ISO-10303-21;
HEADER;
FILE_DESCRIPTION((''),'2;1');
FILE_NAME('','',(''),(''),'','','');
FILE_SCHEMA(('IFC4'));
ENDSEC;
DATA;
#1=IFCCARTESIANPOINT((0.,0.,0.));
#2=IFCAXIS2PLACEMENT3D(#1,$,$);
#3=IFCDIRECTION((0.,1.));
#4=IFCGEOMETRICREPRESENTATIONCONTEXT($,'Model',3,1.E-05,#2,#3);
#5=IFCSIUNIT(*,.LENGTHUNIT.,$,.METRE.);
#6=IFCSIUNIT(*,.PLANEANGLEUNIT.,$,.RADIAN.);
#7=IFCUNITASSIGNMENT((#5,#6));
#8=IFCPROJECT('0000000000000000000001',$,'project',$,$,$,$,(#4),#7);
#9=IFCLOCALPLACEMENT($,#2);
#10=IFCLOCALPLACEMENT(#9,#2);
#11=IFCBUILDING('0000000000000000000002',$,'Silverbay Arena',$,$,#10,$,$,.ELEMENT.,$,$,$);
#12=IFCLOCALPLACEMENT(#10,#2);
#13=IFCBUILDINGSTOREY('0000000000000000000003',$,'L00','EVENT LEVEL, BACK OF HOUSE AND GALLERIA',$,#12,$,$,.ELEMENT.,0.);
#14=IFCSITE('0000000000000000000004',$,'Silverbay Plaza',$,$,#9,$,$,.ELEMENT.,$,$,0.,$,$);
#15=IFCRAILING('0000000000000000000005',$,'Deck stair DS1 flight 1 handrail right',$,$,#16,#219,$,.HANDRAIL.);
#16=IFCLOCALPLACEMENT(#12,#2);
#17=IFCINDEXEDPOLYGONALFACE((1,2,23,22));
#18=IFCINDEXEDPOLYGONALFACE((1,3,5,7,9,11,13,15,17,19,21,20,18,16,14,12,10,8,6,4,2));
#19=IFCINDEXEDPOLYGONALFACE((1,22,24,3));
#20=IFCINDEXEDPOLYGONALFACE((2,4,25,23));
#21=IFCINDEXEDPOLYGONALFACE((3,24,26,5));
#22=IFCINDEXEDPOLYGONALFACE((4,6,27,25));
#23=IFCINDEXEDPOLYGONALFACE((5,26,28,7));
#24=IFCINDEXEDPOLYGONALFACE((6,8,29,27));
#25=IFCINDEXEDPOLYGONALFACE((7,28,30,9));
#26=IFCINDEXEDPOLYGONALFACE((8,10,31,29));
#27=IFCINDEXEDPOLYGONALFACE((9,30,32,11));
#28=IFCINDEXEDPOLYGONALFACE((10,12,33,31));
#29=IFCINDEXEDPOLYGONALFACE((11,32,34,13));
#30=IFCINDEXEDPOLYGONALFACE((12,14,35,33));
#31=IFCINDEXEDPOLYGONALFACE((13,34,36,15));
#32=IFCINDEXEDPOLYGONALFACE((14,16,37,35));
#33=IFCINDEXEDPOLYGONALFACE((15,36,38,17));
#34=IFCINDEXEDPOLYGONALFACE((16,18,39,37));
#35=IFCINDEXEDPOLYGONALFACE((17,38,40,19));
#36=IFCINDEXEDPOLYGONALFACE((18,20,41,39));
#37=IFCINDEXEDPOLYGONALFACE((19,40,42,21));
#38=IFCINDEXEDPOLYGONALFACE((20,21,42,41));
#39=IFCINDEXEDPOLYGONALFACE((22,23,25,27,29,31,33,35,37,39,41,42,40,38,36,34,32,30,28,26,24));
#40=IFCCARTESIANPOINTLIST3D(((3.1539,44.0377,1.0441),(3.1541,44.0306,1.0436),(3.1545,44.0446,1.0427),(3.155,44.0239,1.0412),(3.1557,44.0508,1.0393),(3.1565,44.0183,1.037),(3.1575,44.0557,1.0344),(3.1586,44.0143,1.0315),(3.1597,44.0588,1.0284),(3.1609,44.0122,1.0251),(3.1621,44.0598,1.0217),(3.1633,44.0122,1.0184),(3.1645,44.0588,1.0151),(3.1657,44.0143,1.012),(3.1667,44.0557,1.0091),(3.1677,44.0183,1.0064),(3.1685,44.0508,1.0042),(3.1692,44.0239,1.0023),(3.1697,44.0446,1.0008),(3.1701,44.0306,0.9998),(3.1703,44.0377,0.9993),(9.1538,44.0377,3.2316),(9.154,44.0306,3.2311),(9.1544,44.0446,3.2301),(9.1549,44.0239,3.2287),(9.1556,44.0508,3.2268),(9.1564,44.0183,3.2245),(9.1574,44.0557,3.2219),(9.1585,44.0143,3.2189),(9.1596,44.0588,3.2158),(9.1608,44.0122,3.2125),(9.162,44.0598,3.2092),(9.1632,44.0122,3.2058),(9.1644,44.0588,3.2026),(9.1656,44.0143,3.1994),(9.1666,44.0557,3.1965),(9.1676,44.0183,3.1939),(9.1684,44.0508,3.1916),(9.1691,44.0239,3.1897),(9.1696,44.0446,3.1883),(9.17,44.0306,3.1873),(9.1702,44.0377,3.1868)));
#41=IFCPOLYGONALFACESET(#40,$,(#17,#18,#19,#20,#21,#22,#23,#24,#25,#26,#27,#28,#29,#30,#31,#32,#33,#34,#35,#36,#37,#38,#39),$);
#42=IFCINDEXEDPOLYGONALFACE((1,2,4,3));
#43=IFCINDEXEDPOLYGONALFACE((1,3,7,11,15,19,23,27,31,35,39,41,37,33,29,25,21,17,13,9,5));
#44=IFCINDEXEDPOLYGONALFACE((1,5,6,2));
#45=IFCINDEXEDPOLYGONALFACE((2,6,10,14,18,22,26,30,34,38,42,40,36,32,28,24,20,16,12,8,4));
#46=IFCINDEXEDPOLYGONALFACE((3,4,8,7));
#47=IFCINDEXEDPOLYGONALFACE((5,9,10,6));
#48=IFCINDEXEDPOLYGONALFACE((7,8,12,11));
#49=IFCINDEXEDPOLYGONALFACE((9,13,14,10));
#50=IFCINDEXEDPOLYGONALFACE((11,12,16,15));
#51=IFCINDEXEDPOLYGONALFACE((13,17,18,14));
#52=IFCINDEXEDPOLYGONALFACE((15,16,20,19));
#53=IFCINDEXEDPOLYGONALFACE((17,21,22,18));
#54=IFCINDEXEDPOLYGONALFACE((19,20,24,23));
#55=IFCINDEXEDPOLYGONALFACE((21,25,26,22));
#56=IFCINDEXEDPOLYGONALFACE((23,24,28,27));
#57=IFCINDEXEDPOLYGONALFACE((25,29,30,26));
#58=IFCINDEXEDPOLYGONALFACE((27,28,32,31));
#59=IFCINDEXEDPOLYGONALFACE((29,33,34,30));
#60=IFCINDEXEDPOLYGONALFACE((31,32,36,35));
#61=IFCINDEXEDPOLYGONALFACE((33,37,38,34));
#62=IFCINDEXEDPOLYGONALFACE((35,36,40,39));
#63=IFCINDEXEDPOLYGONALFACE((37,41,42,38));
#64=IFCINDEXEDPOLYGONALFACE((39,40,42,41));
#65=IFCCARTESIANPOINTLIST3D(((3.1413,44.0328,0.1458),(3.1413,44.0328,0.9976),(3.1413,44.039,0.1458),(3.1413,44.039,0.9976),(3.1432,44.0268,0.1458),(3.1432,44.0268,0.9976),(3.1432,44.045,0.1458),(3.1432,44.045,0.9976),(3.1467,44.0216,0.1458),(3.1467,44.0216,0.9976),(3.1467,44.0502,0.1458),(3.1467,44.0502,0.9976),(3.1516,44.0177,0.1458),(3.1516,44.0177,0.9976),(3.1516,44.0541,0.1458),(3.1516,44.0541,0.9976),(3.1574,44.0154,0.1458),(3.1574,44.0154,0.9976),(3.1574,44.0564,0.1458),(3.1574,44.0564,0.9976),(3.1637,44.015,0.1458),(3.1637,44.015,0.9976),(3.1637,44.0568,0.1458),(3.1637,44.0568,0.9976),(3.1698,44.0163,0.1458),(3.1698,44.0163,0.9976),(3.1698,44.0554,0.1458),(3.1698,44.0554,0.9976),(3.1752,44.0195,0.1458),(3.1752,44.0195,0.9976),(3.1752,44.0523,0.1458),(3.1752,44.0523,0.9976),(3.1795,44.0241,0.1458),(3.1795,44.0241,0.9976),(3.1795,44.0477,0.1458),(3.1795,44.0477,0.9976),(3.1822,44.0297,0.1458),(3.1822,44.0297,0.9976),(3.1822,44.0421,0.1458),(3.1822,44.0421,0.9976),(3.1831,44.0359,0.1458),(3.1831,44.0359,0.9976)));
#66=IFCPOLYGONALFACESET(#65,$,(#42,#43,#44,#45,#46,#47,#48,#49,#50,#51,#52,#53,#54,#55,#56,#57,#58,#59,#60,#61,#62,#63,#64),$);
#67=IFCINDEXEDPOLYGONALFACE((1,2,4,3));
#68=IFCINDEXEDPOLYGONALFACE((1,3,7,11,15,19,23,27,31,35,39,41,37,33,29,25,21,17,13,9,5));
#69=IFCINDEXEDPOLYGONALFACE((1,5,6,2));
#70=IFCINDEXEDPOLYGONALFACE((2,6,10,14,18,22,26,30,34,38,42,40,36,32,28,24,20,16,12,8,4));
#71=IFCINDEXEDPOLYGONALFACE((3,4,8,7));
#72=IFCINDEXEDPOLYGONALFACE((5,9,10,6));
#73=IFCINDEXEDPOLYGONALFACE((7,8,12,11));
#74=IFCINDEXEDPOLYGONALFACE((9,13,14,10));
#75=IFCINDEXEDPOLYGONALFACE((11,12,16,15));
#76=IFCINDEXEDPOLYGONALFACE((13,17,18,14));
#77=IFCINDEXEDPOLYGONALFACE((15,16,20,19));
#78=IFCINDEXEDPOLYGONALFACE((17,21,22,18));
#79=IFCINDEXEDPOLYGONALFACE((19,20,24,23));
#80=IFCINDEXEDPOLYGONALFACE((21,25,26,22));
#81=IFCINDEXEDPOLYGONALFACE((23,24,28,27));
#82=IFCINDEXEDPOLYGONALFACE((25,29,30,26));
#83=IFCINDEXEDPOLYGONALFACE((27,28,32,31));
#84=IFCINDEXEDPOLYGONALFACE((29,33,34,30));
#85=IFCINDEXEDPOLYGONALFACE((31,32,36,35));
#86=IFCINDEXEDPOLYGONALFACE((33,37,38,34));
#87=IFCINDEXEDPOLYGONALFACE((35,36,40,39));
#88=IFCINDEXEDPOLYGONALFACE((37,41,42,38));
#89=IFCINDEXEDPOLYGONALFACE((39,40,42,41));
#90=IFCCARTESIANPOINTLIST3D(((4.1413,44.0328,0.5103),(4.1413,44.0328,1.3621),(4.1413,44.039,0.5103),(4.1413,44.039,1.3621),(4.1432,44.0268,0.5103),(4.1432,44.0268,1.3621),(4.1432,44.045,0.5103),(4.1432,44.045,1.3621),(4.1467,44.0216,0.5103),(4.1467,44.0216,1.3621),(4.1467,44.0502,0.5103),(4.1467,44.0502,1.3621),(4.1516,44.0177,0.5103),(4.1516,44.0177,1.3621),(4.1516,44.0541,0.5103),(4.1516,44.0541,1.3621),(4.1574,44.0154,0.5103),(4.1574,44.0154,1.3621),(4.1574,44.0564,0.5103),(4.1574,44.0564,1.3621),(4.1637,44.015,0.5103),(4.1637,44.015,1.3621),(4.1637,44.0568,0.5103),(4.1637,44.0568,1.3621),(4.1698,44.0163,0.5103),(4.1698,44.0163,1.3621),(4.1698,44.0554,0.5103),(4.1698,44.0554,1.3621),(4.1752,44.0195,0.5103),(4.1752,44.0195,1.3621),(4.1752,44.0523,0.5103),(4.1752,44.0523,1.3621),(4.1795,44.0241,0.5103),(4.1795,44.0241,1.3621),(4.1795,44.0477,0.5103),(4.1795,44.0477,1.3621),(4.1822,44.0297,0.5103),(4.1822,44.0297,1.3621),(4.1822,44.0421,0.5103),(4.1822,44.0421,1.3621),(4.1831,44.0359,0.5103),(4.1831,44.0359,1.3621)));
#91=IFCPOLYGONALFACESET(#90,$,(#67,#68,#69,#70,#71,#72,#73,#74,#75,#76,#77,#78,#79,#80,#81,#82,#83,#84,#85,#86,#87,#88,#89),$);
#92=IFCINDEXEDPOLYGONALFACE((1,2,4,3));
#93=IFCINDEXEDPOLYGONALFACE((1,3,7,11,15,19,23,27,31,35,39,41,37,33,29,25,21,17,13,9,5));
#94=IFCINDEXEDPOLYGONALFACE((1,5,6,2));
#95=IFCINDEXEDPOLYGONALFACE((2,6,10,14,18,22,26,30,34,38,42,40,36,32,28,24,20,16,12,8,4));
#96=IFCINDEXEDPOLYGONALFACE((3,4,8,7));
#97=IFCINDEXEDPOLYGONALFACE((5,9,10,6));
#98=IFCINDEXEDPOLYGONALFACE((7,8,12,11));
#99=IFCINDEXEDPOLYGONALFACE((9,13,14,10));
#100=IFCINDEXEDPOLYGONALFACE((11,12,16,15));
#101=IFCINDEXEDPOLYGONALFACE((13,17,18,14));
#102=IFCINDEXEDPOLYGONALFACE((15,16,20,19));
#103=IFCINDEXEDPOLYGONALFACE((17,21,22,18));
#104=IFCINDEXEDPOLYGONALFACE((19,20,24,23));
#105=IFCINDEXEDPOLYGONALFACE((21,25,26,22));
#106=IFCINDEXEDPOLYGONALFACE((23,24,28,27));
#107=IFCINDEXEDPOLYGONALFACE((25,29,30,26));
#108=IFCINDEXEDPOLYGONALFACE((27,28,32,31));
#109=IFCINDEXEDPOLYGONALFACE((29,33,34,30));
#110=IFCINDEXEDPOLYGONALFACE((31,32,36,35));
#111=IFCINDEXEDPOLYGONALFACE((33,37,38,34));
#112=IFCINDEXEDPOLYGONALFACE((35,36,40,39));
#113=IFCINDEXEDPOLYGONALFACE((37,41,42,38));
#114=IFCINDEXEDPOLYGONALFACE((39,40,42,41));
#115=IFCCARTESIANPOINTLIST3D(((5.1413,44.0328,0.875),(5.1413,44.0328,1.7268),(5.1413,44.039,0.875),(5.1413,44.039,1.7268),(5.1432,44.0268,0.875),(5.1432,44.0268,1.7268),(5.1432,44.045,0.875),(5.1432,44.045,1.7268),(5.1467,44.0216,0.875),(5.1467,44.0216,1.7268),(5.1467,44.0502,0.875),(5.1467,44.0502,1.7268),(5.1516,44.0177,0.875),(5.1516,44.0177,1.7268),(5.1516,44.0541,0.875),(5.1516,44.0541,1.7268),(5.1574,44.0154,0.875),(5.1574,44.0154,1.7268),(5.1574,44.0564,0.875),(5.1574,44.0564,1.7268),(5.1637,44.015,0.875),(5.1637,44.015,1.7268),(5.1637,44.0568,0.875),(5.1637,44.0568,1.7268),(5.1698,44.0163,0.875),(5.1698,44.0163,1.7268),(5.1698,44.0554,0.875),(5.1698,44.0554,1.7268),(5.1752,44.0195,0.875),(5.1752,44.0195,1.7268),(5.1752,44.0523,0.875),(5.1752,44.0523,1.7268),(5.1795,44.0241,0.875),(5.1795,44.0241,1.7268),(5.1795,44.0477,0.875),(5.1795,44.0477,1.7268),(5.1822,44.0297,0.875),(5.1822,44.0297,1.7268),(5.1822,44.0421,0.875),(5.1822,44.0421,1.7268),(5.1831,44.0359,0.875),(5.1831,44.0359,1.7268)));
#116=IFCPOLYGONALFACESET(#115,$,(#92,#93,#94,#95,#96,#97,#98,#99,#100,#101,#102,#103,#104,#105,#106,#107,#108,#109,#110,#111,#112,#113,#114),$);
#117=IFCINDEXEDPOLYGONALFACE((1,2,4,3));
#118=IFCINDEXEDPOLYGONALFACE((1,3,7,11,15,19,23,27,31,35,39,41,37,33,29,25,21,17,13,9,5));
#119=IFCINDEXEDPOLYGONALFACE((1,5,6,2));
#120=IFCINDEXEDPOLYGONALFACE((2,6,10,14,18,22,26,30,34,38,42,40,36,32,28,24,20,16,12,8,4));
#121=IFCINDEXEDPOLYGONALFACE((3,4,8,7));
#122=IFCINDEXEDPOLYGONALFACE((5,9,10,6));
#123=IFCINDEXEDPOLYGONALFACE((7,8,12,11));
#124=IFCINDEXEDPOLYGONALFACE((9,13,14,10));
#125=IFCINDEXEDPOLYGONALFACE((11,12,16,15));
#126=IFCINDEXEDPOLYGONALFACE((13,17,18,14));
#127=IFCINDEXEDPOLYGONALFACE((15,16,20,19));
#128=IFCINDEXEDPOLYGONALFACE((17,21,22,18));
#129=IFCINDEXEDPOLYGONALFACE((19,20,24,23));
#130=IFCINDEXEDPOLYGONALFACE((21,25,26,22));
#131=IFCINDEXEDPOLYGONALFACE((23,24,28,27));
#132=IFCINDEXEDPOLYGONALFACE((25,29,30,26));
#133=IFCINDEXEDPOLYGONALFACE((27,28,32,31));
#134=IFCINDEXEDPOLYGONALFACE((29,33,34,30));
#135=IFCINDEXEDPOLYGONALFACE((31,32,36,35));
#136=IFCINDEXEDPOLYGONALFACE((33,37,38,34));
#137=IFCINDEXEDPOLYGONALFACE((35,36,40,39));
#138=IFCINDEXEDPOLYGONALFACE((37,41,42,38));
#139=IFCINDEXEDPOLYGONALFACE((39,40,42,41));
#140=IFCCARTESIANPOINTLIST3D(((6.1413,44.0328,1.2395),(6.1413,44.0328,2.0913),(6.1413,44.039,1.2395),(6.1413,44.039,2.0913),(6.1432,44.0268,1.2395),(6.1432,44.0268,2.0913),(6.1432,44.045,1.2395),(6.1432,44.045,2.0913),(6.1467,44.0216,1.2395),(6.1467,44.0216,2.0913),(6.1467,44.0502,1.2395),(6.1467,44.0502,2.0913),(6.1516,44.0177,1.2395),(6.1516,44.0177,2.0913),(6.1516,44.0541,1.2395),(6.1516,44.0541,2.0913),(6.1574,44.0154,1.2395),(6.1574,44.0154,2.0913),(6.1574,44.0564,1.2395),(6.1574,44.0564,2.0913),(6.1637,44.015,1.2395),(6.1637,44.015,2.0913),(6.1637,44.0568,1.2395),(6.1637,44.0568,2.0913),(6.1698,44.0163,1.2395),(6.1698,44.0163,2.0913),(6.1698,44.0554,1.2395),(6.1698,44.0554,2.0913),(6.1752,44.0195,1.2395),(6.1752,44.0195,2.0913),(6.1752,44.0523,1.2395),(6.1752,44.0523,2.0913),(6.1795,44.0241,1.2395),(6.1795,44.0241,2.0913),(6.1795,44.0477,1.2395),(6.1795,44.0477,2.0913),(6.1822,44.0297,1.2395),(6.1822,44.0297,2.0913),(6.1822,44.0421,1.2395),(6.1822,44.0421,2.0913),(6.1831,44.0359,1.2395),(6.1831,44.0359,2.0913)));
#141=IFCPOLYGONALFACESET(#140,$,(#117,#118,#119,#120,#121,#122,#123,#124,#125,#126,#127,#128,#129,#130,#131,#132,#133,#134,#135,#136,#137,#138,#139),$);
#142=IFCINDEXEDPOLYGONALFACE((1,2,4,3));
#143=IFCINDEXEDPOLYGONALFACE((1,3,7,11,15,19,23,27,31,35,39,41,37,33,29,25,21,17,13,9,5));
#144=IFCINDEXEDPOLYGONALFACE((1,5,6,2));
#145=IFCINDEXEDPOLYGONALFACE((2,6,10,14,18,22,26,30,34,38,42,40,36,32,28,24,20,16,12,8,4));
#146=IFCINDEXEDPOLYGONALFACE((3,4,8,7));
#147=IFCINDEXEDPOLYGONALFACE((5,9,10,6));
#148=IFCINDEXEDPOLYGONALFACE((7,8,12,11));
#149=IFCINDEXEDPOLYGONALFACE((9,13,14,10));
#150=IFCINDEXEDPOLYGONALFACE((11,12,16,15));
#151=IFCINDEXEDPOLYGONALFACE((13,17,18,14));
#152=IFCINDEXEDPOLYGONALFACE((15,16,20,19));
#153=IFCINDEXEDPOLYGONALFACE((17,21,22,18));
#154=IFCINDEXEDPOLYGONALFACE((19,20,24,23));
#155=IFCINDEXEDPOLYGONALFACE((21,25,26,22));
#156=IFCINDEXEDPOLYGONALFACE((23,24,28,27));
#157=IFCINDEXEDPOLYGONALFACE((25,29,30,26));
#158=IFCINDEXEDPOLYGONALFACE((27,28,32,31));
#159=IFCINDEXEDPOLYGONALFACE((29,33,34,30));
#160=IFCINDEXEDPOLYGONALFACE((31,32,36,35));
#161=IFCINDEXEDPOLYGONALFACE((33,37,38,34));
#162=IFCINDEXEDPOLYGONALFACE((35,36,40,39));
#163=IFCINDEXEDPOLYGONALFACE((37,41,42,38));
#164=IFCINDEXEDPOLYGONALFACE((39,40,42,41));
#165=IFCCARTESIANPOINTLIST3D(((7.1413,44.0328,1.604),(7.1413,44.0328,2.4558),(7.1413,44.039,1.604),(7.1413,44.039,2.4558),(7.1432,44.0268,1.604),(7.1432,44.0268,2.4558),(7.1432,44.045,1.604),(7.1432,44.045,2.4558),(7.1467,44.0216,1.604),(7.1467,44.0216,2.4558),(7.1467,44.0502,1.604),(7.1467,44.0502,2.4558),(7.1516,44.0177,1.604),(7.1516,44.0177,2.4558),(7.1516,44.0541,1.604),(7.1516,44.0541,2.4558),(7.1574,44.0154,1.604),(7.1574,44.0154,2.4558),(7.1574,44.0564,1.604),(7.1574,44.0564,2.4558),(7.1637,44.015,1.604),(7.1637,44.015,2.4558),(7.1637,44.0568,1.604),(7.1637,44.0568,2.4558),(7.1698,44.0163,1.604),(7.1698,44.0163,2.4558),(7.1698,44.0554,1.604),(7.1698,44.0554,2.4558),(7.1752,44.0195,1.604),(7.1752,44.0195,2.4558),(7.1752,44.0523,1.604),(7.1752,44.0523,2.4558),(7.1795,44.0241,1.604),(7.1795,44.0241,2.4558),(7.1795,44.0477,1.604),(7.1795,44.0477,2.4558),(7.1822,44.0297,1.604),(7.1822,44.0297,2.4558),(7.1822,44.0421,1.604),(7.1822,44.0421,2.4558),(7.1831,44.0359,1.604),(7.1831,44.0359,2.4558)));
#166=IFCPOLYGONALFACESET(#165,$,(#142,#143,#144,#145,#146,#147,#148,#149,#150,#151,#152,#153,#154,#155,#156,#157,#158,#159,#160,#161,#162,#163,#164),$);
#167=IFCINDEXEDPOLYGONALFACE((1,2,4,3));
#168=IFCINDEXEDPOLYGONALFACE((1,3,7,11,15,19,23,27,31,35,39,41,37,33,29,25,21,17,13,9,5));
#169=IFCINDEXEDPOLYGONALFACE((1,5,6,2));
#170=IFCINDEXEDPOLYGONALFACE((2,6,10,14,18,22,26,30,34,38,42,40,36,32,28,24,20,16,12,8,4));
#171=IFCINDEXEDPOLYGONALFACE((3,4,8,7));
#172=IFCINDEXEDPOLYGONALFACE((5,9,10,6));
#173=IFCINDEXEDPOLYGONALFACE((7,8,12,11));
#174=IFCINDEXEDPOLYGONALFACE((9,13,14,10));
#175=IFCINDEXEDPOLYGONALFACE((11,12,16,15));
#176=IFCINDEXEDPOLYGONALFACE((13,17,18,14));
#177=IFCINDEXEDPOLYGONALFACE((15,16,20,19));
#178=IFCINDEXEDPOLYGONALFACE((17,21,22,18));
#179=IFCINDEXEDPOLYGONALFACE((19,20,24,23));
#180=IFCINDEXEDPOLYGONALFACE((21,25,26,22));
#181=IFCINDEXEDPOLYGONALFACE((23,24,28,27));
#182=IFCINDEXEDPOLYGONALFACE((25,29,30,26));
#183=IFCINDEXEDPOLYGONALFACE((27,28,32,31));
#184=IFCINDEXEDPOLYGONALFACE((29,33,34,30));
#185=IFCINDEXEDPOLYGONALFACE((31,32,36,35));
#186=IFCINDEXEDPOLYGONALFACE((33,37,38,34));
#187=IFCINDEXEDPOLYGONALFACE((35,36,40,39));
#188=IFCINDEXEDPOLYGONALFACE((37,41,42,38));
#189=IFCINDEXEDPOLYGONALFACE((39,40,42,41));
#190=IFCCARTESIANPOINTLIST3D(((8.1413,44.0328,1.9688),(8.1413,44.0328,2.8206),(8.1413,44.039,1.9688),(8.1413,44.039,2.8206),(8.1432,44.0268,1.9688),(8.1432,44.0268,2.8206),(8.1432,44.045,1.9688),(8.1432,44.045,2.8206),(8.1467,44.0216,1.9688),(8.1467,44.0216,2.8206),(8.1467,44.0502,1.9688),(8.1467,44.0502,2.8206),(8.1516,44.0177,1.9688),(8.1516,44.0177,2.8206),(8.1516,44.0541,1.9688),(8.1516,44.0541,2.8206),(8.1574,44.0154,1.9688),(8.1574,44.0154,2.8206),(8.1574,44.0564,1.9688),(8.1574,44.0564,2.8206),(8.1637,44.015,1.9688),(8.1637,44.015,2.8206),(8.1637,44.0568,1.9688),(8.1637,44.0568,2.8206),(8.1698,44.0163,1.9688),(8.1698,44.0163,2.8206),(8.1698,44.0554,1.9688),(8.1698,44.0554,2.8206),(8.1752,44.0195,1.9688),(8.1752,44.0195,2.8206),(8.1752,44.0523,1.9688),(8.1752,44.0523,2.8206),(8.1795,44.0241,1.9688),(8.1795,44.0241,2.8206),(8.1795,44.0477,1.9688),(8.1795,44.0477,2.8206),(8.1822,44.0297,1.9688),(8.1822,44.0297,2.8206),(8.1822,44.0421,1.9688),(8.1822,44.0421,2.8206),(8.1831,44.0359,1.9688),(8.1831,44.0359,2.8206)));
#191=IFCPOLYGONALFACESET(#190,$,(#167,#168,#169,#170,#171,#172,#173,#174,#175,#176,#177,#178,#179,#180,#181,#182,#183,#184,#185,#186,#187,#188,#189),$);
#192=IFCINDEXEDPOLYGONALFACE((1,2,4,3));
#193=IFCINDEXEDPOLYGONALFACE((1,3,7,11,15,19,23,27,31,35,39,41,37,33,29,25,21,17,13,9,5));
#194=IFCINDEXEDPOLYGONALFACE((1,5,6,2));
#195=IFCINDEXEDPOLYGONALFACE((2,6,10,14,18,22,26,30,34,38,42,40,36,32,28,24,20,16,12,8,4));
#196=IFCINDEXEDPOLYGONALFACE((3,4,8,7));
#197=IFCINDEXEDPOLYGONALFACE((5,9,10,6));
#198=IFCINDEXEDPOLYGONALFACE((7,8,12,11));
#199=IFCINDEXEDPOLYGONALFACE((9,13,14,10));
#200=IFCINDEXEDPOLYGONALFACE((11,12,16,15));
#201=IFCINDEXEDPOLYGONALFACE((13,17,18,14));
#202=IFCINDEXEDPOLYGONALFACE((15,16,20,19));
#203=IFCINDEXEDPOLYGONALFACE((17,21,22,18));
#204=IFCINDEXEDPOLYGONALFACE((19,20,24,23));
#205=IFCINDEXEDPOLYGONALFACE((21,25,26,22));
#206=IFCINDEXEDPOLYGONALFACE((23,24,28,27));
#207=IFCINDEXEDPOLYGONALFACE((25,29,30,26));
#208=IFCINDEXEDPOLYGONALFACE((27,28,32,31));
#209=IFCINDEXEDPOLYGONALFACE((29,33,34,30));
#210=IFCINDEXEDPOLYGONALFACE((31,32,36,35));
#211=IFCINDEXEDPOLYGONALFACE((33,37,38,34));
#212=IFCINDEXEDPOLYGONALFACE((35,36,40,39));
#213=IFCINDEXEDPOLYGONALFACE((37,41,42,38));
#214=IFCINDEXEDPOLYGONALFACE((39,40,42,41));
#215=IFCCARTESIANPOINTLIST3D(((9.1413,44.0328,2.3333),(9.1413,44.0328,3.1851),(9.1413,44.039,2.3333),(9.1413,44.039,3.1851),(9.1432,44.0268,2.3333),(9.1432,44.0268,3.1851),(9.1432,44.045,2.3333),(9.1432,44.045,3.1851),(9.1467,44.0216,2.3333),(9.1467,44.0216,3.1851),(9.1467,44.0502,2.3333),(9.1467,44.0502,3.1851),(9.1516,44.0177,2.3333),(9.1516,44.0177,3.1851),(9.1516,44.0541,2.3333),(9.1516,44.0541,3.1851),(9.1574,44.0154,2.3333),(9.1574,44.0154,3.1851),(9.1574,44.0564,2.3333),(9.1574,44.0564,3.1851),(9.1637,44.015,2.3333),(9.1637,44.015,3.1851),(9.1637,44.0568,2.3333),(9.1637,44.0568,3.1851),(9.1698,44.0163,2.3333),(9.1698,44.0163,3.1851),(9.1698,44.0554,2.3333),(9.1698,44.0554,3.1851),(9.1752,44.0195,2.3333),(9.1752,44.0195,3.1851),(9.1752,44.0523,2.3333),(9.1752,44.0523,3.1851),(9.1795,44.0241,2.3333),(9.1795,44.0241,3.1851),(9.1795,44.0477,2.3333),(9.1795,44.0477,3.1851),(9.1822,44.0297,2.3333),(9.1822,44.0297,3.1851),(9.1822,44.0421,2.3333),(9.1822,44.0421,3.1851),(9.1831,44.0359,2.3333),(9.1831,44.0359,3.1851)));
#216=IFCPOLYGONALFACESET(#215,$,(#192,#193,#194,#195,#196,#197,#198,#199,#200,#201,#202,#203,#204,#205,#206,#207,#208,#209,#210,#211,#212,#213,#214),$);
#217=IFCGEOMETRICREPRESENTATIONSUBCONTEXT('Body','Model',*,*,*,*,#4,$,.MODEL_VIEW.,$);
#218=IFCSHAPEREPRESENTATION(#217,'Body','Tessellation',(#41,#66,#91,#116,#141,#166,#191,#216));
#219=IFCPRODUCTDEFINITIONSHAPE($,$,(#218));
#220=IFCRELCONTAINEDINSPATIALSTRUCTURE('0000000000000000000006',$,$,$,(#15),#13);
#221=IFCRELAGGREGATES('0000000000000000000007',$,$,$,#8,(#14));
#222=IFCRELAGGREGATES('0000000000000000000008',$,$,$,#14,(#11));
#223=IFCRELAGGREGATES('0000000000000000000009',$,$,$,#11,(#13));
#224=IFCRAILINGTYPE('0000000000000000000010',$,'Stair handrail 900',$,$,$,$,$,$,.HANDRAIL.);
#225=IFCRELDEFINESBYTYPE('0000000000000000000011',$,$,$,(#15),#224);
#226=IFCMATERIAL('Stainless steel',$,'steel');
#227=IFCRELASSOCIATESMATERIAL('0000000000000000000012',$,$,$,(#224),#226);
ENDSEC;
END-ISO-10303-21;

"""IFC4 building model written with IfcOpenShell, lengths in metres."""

from ifc_helpers import new_model, si_unit, direction, frame, origin, origin_2d, place, context, subcontext, project, spatial, circle, extrude, material, type_object, element, save


model = new_model("IFC4")

# Units and contexts
model_context = context("Model", 3, precision=1e-05, world=origin(), true_north=direction((0.0, 1.0)))
body_context = subcontext(model_context, "Body", "Model", "MODEL_VIEW")
ifc_project = project(units=[si_unit("LENGTHUNIT", "METRE"), si_unit("PLANEANGLEUNIT", "RADIAN")], contexts=[model_context])

# Site, building, storey
site_placement = place(None, origin())
site = spatial("IfcSite", under=ifc_project, at=site_placement, Name="Silverbay Plaza", CompositionType="ELEMENT", RefElevation=0.0)
building_placement = place(site_placement, origin())
building = spatial("IfcBuilding", under=site, at=building_placement, Name="Silverbay Arena", CompositionType="ELEMENT")
storey_placement = place(building_placement, origin())
storey = spatial("IfcBuildingStorey", under=building, at=storey_placement, Name="L00", Description="EVENT LEVEL, BACK OF HOUSE AND GALLERIA", CompositionType="ELEMENT", Elevation=0.0)

# Railing
ifc_material_1 = material(Name="Stainless steel", Category="steel")
railing_type_1 = type_object("IfcRailingType", Name="Stair handrail 900", PredefinedType="HANDRAIL", material=ifc_material_1)
for number, where, name in (
    (1, (3.1621, 44.0359, 0.1458), "Deck stair DS1 flight 1 handrail right"),
):
    element("IfcRailing", number, at=place(storey_placement, frame(where)), inside=storey, type_object=railing_type_1, Name=name, PredefinedType="HANDRAIL", context=body_context, shape_type="SweptSolid", body=[
        extrude(circle(Radius=0.0239, at=origin_2d()), frame((0.0, 0.0, 0.876), z_axis=(0.939507, 0.0, 0.342529), x_axis=(0.0, 1.0, 0.0)), (0.0, 0.0, 1.0), 6.3862),
        extrude(circle(Radius=0.021, at=origin_2d()), origin(), (0.0, 0.0, 1.0), 0.8518),
        extrude(circle(Radius=0.021, at=origin_2d()), frame((1.0, 0.0, 0.3645)), (0.0, 0.0, 1.0), 0.8518),
        extrude(circle(Radius=0.021, at=origin_2d()), frame((2.0, 0.0, 0.7292)), (0.0, 0.0, 1.0), 0.8518),
        extrude(circle(Radius=0.021, at=origin_2d()), frame((3.0, 0.0, 1.0938)), (0.0, 0.0, 1.0), 0.8518),
        extrude(circle(Radius=0.021, at=origin_2d()), frame((4.0, 0.0, 1.4583)), (0.0, 0.0, 1.0), 0.8518),
        extrude(circle(Radius=0.021, at=origin_2d()), frame((5.0, 0.0, 1.823)), (0.0, 0.0, 1.0), 0.8518),
        extrude(circle(Radius=0.021, at=origin_2d()), frame((6.0, 0.0, 2.1875)), (0.0, 0.0, 1.0), 0.8518),
    ])

save(model, "model.ifc")
